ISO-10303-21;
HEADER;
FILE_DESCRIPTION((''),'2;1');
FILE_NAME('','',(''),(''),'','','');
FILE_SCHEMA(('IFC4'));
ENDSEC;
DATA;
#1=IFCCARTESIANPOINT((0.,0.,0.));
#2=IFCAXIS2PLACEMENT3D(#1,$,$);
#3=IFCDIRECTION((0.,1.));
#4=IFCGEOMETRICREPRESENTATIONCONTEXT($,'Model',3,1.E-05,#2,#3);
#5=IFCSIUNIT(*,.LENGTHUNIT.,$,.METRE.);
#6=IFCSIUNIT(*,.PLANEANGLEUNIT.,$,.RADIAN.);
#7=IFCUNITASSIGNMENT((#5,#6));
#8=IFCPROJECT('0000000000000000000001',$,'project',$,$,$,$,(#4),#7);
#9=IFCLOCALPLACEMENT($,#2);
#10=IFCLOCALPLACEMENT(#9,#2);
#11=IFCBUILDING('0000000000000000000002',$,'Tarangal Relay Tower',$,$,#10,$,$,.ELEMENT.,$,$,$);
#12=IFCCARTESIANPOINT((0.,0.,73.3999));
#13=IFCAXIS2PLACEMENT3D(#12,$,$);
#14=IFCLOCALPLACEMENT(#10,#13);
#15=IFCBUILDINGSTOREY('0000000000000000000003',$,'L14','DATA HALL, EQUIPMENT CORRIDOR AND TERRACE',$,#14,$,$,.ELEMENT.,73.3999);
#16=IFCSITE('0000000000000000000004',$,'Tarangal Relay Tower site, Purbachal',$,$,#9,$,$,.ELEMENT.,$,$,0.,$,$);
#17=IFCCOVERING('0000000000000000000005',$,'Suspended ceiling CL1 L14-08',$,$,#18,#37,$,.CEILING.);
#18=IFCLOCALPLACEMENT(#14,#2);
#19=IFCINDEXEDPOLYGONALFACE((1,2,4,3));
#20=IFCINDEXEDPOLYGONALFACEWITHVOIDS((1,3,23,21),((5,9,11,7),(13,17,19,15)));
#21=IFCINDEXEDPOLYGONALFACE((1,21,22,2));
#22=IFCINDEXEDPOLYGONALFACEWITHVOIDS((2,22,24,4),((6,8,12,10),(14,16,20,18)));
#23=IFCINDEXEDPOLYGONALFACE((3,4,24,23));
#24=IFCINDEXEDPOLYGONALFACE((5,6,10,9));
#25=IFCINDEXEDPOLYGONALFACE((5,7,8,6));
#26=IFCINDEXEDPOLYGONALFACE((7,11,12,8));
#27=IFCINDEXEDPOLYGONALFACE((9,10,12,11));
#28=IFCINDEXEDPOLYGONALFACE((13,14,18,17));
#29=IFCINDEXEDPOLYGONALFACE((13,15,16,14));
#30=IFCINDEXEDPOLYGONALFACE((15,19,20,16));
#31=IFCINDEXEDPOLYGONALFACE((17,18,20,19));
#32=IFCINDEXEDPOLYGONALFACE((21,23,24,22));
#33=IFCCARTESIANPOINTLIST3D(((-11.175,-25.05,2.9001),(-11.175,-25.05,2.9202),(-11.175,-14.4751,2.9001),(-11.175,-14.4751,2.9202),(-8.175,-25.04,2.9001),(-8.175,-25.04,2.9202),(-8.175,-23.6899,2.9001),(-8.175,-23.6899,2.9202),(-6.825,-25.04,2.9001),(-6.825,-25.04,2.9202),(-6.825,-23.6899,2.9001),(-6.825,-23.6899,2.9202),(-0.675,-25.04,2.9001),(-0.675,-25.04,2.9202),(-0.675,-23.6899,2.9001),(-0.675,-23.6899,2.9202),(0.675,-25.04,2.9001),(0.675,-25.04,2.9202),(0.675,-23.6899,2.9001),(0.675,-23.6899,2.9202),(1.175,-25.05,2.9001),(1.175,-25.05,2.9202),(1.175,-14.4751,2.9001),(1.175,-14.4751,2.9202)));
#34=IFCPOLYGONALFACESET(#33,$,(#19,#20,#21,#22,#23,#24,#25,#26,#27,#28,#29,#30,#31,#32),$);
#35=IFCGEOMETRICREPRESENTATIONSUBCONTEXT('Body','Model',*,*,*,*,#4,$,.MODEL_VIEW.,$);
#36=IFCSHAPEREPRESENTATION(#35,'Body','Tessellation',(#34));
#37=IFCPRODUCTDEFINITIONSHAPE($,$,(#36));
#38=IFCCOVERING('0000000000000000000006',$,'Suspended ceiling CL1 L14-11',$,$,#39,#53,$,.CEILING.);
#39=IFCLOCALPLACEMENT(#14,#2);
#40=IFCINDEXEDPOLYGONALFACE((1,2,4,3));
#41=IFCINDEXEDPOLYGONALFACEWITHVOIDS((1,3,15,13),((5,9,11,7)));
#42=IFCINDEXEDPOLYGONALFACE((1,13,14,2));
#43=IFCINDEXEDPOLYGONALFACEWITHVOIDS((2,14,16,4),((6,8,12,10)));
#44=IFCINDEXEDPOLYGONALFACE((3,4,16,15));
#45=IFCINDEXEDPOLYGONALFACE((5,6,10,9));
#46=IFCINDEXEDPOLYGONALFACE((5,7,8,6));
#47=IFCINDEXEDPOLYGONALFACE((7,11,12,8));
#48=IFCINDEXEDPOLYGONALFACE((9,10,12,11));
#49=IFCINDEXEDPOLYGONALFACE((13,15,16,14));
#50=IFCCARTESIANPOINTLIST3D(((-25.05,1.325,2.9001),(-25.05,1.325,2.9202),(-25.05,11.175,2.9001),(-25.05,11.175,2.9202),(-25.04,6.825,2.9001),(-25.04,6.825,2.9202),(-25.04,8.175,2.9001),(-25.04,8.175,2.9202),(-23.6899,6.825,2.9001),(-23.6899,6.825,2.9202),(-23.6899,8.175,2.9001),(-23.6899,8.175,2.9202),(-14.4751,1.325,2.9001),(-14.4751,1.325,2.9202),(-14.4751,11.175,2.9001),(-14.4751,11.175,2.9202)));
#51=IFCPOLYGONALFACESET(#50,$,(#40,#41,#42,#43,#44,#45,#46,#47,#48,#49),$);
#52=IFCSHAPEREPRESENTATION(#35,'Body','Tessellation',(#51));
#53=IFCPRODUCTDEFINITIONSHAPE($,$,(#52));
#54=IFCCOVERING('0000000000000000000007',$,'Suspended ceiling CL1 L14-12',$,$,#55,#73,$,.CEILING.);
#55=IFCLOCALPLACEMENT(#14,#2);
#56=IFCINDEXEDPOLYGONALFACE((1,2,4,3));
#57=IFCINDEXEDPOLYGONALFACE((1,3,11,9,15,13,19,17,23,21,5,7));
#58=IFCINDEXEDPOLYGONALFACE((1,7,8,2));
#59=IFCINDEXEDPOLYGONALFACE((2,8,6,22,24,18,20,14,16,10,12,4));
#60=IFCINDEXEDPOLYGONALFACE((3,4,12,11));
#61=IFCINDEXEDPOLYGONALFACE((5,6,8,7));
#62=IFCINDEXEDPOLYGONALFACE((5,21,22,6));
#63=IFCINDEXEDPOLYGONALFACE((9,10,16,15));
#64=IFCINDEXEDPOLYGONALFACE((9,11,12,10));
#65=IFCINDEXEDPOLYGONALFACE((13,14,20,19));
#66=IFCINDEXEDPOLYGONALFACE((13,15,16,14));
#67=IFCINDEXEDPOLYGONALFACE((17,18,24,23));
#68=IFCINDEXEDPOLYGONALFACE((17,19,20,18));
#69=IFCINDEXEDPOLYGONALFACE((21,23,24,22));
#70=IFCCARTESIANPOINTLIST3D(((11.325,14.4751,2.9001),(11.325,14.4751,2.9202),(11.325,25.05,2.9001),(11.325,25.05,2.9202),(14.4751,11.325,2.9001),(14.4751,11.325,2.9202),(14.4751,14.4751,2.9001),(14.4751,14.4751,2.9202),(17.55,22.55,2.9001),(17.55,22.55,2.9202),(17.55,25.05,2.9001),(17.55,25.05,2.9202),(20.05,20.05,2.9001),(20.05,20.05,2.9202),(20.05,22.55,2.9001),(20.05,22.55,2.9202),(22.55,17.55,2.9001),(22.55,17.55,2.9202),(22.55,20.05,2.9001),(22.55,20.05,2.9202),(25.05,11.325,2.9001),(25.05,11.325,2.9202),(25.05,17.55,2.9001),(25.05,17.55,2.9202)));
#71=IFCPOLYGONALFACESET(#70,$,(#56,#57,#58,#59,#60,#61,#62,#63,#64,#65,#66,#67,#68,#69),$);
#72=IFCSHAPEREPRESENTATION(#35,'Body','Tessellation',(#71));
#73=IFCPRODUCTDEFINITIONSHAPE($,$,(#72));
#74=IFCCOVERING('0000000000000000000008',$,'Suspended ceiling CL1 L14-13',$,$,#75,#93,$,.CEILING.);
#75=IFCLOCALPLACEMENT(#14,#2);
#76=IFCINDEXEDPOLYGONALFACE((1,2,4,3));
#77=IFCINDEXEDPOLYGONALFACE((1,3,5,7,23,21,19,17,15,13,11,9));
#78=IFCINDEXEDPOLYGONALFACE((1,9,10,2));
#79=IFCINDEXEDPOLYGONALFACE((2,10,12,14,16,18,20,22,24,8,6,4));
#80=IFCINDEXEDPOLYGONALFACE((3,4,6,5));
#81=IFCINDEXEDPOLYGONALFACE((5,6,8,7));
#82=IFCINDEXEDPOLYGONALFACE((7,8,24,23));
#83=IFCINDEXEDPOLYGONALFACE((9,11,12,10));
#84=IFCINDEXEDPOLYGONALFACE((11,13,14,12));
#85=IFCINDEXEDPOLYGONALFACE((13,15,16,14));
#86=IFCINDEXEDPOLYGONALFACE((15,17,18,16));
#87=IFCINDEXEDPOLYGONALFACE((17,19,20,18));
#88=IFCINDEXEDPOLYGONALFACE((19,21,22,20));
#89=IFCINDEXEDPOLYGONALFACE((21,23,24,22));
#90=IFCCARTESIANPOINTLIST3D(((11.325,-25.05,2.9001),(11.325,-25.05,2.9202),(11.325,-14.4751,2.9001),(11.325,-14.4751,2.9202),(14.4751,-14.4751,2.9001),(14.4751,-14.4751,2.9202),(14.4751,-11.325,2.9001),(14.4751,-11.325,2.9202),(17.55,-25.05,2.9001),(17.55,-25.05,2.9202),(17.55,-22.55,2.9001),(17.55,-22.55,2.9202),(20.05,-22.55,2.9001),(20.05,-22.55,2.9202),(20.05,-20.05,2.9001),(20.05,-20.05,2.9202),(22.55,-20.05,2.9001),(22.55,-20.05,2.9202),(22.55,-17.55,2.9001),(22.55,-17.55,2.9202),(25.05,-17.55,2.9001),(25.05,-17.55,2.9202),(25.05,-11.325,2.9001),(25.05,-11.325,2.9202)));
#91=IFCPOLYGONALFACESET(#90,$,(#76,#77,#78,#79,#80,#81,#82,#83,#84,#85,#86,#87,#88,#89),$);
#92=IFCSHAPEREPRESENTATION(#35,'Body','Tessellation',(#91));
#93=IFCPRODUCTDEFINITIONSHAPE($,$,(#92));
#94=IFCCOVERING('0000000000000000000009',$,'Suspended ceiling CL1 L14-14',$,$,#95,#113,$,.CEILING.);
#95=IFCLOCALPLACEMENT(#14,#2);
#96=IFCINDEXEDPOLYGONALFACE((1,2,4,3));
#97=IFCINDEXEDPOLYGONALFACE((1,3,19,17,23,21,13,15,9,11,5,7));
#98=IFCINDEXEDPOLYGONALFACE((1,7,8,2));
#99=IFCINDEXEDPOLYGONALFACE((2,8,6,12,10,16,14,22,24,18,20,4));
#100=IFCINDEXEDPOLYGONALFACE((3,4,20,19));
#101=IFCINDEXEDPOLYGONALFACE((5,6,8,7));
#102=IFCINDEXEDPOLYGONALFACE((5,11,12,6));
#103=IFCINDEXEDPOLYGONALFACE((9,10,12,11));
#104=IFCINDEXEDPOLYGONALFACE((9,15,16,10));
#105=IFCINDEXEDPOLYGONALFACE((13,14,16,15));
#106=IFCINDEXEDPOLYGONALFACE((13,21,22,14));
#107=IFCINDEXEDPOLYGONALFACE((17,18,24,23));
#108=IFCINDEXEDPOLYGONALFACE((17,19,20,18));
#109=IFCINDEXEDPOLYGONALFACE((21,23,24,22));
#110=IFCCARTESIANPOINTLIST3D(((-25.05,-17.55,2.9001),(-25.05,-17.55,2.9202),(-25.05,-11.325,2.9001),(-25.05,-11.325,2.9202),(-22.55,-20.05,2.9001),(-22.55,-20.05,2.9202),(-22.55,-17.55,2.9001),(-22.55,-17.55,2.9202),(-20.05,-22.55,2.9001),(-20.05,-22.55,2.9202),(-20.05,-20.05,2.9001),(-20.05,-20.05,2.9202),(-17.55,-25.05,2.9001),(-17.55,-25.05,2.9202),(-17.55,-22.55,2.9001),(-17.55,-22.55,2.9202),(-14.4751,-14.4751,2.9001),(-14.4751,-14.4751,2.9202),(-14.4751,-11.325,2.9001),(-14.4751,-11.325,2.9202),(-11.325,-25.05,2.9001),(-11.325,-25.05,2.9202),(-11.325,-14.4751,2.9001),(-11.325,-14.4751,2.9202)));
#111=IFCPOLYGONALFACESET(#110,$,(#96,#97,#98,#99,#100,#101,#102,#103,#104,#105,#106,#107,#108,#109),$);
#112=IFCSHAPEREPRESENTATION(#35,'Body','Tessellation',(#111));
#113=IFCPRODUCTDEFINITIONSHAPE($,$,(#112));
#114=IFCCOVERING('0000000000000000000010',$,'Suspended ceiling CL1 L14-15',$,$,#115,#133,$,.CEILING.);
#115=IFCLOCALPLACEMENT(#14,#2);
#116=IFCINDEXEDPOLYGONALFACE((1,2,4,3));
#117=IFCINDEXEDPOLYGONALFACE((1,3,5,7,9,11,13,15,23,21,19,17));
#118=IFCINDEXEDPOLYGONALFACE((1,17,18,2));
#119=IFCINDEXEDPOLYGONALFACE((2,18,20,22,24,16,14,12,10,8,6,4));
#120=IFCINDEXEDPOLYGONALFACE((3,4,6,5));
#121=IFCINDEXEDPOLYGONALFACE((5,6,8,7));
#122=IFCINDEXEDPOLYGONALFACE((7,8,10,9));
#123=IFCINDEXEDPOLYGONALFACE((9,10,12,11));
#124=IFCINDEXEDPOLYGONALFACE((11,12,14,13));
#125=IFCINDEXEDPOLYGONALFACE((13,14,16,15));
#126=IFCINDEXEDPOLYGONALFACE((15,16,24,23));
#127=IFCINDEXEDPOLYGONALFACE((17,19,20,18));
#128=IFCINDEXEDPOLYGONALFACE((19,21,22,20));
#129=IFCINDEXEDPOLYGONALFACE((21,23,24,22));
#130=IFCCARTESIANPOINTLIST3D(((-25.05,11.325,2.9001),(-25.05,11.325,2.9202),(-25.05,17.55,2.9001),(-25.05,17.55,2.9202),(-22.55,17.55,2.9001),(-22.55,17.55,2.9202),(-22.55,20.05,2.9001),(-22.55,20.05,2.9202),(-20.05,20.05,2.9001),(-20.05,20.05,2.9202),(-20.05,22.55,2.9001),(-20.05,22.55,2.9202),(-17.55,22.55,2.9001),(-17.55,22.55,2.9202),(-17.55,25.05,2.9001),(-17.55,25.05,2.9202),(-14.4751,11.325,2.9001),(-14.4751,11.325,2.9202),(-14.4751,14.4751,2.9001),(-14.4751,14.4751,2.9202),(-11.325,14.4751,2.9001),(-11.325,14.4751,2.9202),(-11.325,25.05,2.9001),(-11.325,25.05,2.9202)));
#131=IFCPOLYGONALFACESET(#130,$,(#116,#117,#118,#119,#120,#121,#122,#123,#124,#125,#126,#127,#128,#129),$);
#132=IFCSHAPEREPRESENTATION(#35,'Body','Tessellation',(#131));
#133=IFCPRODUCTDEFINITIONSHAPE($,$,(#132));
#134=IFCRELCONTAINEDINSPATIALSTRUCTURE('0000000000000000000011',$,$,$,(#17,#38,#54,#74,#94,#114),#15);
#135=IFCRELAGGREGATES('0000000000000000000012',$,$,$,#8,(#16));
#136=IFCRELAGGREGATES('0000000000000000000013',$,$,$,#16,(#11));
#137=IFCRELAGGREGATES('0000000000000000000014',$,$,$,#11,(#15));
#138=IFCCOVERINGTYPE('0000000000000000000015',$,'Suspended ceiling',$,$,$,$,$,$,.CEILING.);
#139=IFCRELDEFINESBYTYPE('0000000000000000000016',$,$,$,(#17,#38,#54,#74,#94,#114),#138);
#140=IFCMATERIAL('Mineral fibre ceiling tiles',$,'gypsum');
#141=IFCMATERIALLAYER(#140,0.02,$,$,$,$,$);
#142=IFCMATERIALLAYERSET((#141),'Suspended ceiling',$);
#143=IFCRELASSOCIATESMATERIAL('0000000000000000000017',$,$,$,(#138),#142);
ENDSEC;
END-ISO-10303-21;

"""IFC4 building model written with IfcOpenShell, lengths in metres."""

from ifc_helpers import new_model, si_unit, direction, frame, origin, place, context, subcontext, project, spatial, polyline, outline, extrude, material, layer, layer_set, type_object, element, save


model = new_model("IFC4")

# Units and contexts
model_context = context("Model", 3, precision=1e-05, world=origin(), true_north=direction((0.0, 1.0)))
body_context = subcontext(model_context, "Body", "Model", "MODEL_VIEW")
ifc_project = project(units=[si_unit("LENGTHUNIT", "METRE"), si_unit("PLANEANGLEUNIT", "RADIAN")], contexts=[model_context])

# Site, building, storey
site_placement = place(None, origin())
site = spatial("IfcSite", under=ifc_project, at=site_placement, Name="Tarangal Relay Tower site, Purbachal", CompositionType="ELEMENT", RefElevation=0.0)
building_placement = place(site_placement, origin())
building = spatial("IfcBuilding", under=site, at=building_placement, Name="Tarangal Relay Tower", CompositionType="ELEMENT")
storey_placement = place(building_placement, frame((0.0, 0.0, 73.3999)))
storey = spatial("IfcBuildingStorey", under=building, at=storey_placement, Name="L14", Description="DATA HALL, EQUIPMENT CORRIDOR AND TERRACE", CompositionType="ELEMENT", Elevation=73.3999)

# Coverings
ifc_material_1 = material(Name="Mineral fibre ceiling tiles", Category="gypsum")
ifc_layer_1 = layer(ifc_material_1, 0.02)
ifc_layer_set_1 = layer_set([ifc_layer_1], Name="Suspended ceiling")
covering_type_1 = type_object("IfcCoveringType", Name="Suspended ceiling", PredefinedType="CEILING", material=ifc_layer_set_1)
covering_1_placement = place(storey_placement, frame((0.0, 0.0, 2.9001)))
element("IfcCovering", 1, at=covering_1_placement, inside=storey, type_object=covering_type_1, Name="Suspended ceiling CL1 L14-08", PredefinedType="CEILING", context=body_context, shape_type="SweptSolid", body=[
    extrude(outline(polyline([(-11.175, -25.05), (1.175, -25.05), (1.175, -14.4751), (-11.175, -14.4751), (-11.175, -25.05)]), holes=[polyline([(-6.825, -25.04), (-6.825, -23.6899), (-8.175, -23.6899), (-8.175, -25.04), (-6.825, -25.04)]), polyline([(0.675, -25.04), (0.675, -23.6899), (-0.675, -23.6899), (-0.675, -25.04), (0.675, -25.04)])]), origin(), (0.0, 0.0, 1.0), 0.02),
])
covering_2_placement = place(storey_placement, frame((0.0, 0.0, 2.9001)))
element("IfcCovering", 2, at=covering_2_placement, inside=storey, type_object=covering_type_1, Name="Suspended ceiling CL1 L14-11", PredefinedType="CEILING", context=body_context, shape_type="SweptSolid", body=[
    extrude(outline(polyline([(-25.05, 11.175), (-25.05, 1.325), (-14.4751, 1.325), (-14.4751, 11.175), (-25.05, 11.175)]), holes=[polyline([(-23.6899, 8.175), (-25.04, 8.175), (-25.04, 6.825), (-23.6899, 6.825), (-23.6899, 8.175)])]), origin(), (0.0, 0.0, 1.0), 0.02),
])
covering_3_placement = place(storey_placement, frame((0.0, 0.0, 2.9001)))
element("IfcCovering", 3, at=covering_3_placement, inside=storey, type_object=covering_type_1, Name="Suspended ceiling CL1 L14-12", PredefinedType="CEILING", context=body_context, shape_type="SweptSolid", body=[
    extrude(outline(polyline([(17.55, 25.05), (11.325, 25.05), (11.325, 14.4751), (14.4751, 14.4751), (14.4751, 11.325), (25.05, 11.325), (25.05, 17.55), (22.55, 17.55), (22.55, 20.05), (20.05, 20.05), (20.05, 22.55), (17.55, 22.55), (17.55, 25.05)])), origin(), (0.0, 0.0, 1.0), 0.02),
])
covering_4_placement = place(storey_placement, frame((0.0, 0.0, 2.9001)))
element("IfcCovering", 4, at=covering_4_placement, inside=storey, type_object=covering_type_1, Name="Suspended ceiling CL1 L14-13", PredefinedType="CEILING", context=body_context, shape_type="SweptSolid", body=[
    extrude(outline(polyline([(25.05, -17.55), (25.05, -11.325), (14.4751, -11.325), (14.4751, -14.4751), (11.325, -14.4751), (11.325, -25.05), (17.55, -25.05), (17.55, -22.55), (20.05, -22.55), (20.05, -20.05), (22.55, -20.05), (22.55, -17.55), (25.05, -17.55)])), origin(), (0.0, 0.0, 1.0), 0.02),
])
covering_5_placement = place(storey_placement, frame((0.0, 0.0, 2.9001)))
element("IfcCovering", 5, at=covering_5_placement, inside=storey, type_object=covering_type_1, Name="Suspended ceiling CL1 L14-14", PredefinedType="CEILING", context=body_context, shape_type="SweptSolid", body=[
    extrude(outline(polyline([(-17.55, -22.55), (-17.55, -25.05), (-11.325, -25.05), (-11.325, -14.4751), (-14.4751, -14.4751), (-14.4751, -11.325), (-25.05, -11.325), (-25.05, -17.55), (-22.55, -17.55), (-22.55, -20.05), (-20.05, -20.05), (-20.05, -22.55), (-17.55, -22.55)])), origin(), (0.0, 0.0, 1.0), 0.02),
])
covering_6_placement = place(storey_placement, frame((0.0, 0.0, 2.9001)))
element("IfcCovering", 6, at=covering_6_placement, inside=storey, type_object=covering_type_1, Name="Suspended ceiling CL1 L14-15", PredefinedType="CEILING", context=body_context, shape_type="SweptSolid", body=[
    extrude(outline(polyline([(-22.55, 17.55), (-25.05, 17.55), (-25.05, 11.325), (-14.4751, 11.325), (-14.4751, 14.4751), (-11.325, 14.4751), (-11.325, 25.05), (-17.55, 25.05), (-17.55, 22.55), (-20.05, 22.55), (-20.05, 20.05), (-22.55, 20.05), (-22.55, 17.55)])), origin(), (0.0, 0.0, 1.0), 0.02),
])

save(model, "model.ifc")
